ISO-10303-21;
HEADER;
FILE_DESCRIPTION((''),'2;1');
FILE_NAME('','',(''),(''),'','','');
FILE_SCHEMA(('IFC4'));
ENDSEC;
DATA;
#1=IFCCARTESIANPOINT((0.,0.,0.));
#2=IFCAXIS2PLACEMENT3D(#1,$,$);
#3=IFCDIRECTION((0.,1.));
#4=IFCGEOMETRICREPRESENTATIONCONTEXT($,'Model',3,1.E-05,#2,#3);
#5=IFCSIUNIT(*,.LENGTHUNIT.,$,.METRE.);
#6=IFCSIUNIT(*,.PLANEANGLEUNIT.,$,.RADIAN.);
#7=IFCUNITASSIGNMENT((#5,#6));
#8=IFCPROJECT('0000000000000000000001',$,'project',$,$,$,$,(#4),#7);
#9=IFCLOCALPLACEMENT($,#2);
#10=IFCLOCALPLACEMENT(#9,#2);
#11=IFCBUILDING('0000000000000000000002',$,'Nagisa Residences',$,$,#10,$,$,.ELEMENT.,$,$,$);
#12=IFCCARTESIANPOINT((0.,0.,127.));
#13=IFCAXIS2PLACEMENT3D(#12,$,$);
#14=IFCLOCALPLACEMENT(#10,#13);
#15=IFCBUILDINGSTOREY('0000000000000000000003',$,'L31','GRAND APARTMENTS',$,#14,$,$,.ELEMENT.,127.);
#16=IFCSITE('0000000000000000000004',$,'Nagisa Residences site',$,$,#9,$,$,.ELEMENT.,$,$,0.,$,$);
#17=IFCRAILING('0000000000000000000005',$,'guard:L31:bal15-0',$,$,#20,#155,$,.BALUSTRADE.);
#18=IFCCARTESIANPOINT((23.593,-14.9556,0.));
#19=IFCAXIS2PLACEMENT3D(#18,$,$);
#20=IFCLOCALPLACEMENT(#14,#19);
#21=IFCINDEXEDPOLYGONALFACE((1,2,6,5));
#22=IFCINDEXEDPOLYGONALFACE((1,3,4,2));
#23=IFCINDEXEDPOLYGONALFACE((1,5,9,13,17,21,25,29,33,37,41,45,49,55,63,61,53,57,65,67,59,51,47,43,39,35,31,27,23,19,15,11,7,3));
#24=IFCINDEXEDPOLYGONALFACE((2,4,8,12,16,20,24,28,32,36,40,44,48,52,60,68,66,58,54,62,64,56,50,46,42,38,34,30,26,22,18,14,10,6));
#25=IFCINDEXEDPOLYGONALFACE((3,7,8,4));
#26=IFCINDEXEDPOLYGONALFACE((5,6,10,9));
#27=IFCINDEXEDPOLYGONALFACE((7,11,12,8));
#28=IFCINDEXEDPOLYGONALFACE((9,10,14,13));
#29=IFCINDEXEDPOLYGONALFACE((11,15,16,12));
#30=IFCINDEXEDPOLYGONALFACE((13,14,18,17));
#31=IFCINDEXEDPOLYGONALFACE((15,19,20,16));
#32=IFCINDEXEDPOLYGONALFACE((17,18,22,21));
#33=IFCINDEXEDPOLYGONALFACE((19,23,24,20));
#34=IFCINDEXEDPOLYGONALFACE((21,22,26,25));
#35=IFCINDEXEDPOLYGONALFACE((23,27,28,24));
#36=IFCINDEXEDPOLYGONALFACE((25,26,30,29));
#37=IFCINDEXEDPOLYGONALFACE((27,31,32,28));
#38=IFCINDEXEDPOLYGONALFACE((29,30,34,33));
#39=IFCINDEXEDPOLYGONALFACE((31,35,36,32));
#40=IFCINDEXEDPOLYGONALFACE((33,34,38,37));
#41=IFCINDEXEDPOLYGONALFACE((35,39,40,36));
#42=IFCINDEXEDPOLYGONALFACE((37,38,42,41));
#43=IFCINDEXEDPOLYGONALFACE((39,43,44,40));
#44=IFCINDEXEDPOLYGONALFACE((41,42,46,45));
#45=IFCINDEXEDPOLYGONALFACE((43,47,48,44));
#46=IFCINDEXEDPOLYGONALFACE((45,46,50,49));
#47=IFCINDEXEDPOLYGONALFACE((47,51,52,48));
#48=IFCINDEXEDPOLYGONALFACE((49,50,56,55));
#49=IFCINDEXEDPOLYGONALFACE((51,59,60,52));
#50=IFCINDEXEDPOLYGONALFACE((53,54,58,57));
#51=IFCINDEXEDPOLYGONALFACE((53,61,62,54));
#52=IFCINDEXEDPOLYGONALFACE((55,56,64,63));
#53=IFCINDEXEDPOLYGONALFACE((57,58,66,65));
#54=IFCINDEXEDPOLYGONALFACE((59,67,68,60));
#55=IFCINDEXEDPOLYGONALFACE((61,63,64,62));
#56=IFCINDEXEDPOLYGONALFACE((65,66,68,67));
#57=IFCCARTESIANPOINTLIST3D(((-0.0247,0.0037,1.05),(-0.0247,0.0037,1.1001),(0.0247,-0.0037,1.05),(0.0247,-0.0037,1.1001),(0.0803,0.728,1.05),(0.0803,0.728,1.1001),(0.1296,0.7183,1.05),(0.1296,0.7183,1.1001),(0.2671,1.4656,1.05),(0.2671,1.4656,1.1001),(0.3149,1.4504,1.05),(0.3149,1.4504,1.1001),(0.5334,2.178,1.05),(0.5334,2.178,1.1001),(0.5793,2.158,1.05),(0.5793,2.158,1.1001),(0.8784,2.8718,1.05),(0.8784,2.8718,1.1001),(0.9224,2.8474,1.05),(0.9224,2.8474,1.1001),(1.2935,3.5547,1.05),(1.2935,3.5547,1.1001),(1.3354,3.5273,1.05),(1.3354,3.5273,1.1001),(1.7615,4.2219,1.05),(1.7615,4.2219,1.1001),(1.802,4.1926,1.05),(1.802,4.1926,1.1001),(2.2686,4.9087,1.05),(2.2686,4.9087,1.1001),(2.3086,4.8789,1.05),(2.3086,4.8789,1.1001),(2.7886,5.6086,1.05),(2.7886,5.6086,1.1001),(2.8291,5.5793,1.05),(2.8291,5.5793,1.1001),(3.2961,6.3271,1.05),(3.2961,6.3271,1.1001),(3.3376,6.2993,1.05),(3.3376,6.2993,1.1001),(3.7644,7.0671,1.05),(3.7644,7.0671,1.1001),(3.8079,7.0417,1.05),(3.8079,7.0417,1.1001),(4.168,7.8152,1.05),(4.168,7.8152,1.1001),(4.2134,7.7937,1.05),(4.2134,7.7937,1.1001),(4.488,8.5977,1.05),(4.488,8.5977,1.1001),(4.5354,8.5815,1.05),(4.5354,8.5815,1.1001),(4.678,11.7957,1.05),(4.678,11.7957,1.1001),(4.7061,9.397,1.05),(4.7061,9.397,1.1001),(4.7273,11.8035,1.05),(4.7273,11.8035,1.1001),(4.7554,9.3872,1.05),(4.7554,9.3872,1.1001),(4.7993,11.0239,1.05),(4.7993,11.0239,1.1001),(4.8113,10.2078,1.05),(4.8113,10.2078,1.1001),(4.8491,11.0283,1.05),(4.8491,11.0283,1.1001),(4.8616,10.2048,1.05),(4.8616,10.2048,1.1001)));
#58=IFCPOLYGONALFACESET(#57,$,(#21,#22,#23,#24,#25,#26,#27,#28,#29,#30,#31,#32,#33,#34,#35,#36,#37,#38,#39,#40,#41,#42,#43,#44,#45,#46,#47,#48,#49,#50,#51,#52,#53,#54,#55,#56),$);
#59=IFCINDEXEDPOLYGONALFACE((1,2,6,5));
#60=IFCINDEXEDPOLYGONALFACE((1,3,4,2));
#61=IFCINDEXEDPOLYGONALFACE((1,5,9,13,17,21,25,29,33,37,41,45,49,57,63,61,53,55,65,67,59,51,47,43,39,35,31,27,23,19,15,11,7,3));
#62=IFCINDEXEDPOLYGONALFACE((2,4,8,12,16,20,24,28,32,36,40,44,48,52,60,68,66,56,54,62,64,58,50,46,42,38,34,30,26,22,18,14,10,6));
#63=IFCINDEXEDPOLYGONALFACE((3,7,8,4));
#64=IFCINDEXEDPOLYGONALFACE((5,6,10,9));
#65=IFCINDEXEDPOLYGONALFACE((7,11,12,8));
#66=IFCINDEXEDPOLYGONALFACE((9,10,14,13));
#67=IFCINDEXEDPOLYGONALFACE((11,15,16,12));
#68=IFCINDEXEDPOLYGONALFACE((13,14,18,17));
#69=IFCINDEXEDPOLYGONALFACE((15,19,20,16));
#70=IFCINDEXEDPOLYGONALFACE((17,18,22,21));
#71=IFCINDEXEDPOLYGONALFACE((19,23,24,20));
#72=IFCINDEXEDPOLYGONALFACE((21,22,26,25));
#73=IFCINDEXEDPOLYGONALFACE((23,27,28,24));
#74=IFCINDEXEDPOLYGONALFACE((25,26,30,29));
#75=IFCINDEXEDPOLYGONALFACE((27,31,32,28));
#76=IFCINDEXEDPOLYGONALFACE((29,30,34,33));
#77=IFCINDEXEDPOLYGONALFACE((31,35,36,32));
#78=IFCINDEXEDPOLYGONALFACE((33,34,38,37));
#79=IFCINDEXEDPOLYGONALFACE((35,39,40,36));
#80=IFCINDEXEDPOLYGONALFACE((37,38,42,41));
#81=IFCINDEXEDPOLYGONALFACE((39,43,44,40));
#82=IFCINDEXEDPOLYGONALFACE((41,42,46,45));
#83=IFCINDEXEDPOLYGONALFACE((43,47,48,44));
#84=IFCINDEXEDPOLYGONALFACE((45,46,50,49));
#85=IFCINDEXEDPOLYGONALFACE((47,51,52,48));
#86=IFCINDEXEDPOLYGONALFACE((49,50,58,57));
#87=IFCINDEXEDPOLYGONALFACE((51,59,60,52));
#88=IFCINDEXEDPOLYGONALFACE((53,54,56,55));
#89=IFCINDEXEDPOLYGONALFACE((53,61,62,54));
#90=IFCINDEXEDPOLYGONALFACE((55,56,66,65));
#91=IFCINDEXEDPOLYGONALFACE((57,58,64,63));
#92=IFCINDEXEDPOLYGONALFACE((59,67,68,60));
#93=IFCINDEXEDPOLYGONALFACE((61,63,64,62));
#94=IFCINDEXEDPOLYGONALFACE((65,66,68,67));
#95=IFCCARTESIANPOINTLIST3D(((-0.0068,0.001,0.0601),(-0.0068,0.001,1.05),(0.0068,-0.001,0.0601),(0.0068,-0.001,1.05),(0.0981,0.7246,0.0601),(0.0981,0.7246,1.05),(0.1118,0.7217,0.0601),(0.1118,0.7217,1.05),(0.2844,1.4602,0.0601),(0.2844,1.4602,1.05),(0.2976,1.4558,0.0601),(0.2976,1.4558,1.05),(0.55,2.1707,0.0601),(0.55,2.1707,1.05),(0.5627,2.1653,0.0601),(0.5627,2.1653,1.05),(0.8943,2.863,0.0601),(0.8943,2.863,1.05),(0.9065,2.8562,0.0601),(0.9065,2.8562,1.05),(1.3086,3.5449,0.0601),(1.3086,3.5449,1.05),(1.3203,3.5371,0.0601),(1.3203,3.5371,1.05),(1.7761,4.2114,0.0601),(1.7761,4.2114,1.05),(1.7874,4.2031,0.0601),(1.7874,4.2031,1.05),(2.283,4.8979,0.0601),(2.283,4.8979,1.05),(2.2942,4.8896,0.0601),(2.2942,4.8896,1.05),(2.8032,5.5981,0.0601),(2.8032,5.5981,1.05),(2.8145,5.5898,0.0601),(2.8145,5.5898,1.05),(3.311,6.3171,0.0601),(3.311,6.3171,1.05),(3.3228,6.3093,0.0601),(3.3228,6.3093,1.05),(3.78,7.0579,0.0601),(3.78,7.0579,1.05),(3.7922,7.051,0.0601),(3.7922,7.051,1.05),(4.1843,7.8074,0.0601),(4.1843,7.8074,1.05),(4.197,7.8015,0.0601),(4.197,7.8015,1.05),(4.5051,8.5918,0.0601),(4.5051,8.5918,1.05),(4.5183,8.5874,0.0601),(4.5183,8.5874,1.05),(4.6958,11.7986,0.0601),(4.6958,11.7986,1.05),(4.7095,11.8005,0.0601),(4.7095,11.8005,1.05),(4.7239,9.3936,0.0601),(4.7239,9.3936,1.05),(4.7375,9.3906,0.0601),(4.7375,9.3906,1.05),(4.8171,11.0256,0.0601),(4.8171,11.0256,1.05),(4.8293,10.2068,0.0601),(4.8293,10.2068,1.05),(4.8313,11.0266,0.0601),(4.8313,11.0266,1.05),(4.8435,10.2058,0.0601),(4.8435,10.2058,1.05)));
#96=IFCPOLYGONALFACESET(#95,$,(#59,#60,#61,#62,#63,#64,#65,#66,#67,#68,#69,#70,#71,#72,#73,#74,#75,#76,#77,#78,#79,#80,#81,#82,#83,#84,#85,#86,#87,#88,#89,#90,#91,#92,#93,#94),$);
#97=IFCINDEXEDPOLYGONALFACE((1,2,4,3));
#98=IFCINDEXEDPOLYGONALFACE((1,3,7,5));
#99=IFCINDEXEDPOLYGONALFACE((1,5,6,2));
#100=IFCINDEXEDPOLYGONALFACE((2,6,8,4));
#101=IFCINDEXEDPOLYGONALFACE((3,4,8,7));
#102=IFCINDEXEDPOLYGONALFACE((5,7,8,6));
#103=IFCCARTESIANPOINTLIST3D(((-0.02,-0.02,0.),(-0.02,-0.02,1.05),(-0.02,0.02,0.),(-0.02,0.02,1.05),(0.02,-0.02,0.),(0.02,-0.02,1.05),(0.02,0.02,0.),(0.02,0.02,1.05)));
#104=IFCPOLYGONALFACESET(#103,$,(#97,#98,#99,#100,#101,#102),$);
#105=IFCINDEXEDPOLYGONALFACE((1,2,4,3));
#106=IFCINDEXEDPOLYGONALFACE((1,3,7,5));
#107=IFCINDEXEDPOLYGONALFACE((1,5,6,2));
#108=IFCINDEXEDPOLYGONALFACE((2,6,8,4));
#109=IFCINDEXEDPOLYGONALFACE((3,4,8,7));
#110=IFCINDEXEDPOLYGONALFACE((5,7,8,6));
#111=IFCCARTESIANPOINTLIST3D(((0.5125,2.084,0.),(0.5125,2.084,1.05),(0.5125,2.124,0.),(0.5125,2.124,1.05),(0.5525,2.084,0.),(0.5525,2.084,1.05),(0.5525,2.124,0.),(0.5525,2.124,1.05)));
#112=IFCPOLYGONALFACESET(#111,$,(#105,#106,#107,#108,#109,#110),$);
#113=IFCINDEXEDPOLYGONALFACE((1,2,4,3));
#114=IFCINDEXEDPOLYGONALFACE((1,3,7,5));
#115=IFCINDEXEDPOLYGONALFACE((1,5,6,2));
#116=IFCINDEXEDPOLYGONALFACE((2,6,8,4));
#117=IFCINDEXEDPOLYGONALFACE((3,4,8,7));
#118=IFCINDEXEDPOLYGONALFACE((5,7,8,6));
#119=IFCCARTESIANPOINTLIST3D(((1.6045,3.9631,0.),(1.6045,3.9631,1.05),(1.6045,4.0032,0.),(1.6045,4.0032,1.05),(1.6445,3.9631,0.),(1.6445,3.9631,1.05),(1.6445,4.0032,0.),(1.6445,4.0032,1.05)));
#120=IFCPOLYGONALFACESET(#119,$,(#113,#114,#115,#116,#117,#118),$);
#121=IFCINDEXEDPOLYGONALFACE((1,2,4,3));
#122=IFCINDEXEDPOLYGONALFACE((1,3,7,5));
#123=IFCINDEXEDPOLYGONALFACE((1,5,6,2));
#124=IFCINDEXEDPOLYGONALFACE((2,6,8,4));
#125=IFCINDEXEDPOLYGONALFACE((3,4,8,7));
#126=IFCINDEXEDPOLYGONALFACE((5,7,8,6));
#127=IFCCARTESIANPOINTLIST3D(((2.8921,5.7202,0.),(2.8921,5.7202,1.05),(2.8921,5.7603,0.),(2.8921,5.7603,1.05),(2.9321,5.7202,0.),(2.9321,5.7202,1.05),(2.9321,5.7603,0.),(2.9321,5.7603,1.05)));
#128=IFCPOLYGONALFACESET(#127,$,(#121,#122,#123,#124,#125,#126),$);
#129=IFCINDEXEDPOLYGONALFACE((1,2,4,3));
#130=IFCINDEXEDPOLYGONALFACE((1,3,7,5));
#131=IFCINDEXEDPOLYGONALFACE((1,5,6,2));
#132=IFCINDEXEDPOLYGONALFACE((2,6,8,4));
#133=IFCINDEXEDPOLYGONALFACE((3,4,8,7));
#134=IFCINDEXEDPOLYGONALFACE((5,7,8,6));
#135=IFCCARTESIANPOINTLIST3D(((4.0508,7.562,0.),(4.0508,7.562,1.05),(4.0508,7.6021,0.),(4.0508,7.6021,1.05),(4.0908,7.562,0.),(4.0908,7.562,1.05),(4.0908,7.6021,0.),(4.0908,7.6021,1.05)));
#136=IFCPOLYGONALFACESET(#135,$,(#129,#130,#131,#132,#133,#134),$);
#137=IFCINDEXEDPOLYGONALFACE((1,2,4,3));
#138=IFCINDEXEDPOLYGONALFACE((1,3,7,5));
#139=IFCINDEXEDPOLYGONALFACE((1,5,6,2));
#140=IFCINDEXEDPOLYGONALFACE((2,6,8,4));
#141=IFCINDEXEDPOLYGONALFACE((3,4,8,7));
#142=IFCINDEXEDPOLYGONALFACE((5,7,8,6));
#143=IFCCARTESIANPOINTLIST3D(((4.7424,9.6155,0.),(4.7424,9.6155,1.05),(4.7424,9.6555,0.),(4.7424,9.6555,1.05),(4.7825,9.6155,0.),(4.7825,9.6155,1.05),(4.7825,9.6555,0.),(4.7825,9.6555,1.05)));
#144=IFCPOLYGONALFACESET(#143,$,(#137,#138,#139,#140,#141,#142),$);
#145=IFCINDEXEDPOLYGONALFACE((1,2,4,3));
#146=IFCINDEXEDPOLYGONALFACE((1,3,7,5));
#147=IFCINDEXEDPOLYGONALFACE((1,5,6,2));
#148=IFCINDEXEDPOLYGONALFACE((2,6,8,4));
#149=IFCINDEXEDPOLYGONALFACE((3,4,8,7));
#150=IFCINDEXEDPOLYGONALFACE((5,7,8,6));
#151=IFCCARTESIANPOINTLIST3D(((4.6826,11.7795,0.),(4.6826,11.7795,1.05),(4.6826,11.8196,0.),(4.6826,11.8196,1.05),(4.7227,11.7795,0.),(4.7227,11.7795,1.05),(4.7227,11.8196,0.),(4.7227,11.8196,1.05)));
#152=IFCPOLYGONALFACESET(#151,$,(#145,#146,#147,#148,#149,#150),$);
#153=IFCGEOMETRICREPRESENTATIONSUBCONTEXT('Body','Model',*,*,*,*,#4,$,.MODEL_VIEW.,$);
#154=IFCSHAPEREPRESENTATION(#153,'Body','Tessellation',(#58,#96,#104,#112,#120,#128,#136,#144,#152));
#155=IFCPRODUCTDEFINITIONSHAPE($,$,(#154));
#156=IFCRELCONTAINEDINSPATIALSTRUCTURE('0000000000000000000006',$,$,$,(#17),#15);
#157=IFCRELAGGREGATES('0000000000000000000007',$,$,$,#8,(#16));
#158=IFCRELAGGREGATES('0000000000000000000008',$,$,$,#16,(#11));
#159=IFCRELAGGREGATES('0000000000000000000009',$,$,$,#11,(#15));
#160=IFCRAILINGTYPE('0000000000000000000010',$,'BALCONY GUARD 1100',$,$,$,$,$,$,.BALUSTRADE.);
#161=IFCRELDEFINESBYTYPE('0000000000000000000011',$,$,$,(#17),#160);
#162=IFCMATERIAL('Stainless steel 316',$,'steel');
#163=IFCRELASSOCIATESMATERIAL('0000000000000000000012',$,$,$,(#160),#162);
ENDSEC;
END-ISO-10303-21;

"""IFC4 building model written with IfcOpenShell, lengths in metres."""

from ifc_helpers import new_model, si_unit, direction, frame, origin, origin_2d, place, context, subcontext, project, spatial, polyline, rectangle, outline, extrude, material, type_object, element, save


model = new_model("IFC4")

# Units and contexts
model_context = context("Model", 3, precision=1e-05, world=origin(), true_north=direction((0.0, 1.0)))
body_context = subcontext(model_context, "Body", "Model", "MODEL_VIEW")
ifc_project = project(units=[si_unit("LENGTHUNIT", "METRE"), si_unit("PLANEANGLEUNIT", "RADIAN")], contexts=[model_context])

# Site, building, storey
site_placement = place(None, origin())
site = spatial("IfcSite", under=ifc_project, at=site_placement, Name="Nagisa Residences site", CompositionType="ELEMENT", RefElevation=0.0)
building_placement = place(site_placement, origin())
building = spatial("IfcBuilding", under=site, at=building_placement, Name="Nagisa Residences", CompositionType="ELEMENT")
storey_placement = place(building_placement, frame((0.0, 0.0, 127.0)))
storey = spatial("IfcBuildingStorey", under=building, at=storey_placement, Name="L31", Description="GRAND APARTMENTS", CompositionType="ELEMENT", Elevation=127.0)

# Railing
ifc_material_1 = material(Name="Stainless steel 316", Category="steel")
railing_type = type_object("IfcRailingType", Name="BALCONY GUARD 1100", PredefinedType="BALUSTRADE", material=ifc_material_1)
railing_1_placement = place(storey_placement, frame((23.593, -14.9556, 0.0)))
element("IfcRailing", 1, at=railing_1_placement, inside=storey, type_object=railing_type, Name="guard:L31:bal15-0", PredefinedType="BALUSTRADE", context=body_context, shape_type="SweptSolid", body=[
    extrude(outline(polyline([(0.0803, 0.728), (-0.0247, 0.0037), (0.0247, -0.0037), (0.1296, 0.7183), (0.3149, 1.4504), (0.5793, 2.158), (0.9224, 2.8474), (1.3354, 3.5273), (1.802, 4.1926), (2.3086, 4.8789), (2.8291, 5.5793), (3.3376, 6.2993), (3.8079, 7.0417), (4.2134, 7.7937), (4.5354, 8.5815), (4.7554, 9.3872), (4.8616, 10.2048), (4.8491, 11.0283), (4.7273, 11.8035), (4.678, 11.7957), (4.7993, 11.0239), (4.8113, 10.2078), (4.7061, 9.397), (4.488, 8.5977), (4.168, 7.8152), (3.7644, 7.0671), (3.2961, 6.3271), (2.7886, 5.6086), (2.2686, 4.9087), (1.7615, 4.2219), (1.2935, 3.5547), (0.8784, 2.8718), (0.5334, 2.178), (0.2671, 1.4656), (0.0803, 0.728)])), frame((0.0, 0.0, 1.05)), (0.0, 0.0, 1.0), 0.05),
    extrude(outline(polyline([(0.0981, 0.7246), (-0.0068, 0.001), (0.0068, -0.001), (0.1118, 0.7217), (0.2976, 1.4558), (0.5627, 2.1653), (0.9065, 2.8562), (1.3203, 3.5371), (1.7874, 4.2031), (2.2942, 4.8896), (2.8145, 5.5898), (3.3228, 6.3093), (3.7922, 7.051), (4.197, 7.8015), (4.5183, 8.5874), (4.7375, 9.3906), (4.8435, 10.2058), (4.8313, 11.0266), (4.7095, 11.8005), (4.6958, 11.7986), (4.8171, 11.0256), (4.8293, 10.2068), (4.7239, 9.3936), (4.5051, 8.5918), (4.1843, 7.8074), (3.78, 7.0579), (3.311, 6.3171), (2.8032, 5.5981), (2.283, 4.8979), (1.7761, 4.2114), (1.3086, 3.5449), (0.8943, 2.863), (0.55, 2.1707), (0.2844, 1.4602), (0.0981, 0.7246)])), frame((0.0, 0.0, 0.0601)), (0.0, 0.0, 1.0), 0.99),
    extrude(rectangle(XDim=0.04, YDim=0.04, at=origin_2d()), origin(), (0.0, 0.0, 1.0), 1.05),
    extrude(rectangle(XDim=0.04, YDim=0.04, at=origin_2d()), frame((0.5325, 2.104, 0.0)), (0.0, 0.0, 1.0), 1.05),
    extrude(rectangle(XDim=0.04, YDim=0.04, at=origin_2d()), frame((1.6245, 3.9832, 0.0)), (0.0, 0.0, 1.0), 1.05),
    extrude(rectangle(XDim=0.04, YDim=0.04, at=origin_2d()), frame((2.9121, 5.7402, 0.0)), (0.0, 0.0, 1.0), 1.05),
    extrude(rectangle(XDim=0.04, YDim=0.04, at=origin_2d()), frame((4.0708, 7.582, 0.0)), (0.0, 0.0, 1.0), 1.05),
    extrude(rectangle(XDim=0.04, YDim=0.04, at=origin_2d()), frame((4.7625, 9.6355, 0.0)), (0.0, 0.0, 1.0), 1.05),
    extrude(rectangle(XDim=0.04, YDim=0.04, at=origin_2d()), frame((4.7026, 11.7996, 0.0)), (0.0, 0.0, 1.0), 1.05),
])

save(model, "model.ifc")
